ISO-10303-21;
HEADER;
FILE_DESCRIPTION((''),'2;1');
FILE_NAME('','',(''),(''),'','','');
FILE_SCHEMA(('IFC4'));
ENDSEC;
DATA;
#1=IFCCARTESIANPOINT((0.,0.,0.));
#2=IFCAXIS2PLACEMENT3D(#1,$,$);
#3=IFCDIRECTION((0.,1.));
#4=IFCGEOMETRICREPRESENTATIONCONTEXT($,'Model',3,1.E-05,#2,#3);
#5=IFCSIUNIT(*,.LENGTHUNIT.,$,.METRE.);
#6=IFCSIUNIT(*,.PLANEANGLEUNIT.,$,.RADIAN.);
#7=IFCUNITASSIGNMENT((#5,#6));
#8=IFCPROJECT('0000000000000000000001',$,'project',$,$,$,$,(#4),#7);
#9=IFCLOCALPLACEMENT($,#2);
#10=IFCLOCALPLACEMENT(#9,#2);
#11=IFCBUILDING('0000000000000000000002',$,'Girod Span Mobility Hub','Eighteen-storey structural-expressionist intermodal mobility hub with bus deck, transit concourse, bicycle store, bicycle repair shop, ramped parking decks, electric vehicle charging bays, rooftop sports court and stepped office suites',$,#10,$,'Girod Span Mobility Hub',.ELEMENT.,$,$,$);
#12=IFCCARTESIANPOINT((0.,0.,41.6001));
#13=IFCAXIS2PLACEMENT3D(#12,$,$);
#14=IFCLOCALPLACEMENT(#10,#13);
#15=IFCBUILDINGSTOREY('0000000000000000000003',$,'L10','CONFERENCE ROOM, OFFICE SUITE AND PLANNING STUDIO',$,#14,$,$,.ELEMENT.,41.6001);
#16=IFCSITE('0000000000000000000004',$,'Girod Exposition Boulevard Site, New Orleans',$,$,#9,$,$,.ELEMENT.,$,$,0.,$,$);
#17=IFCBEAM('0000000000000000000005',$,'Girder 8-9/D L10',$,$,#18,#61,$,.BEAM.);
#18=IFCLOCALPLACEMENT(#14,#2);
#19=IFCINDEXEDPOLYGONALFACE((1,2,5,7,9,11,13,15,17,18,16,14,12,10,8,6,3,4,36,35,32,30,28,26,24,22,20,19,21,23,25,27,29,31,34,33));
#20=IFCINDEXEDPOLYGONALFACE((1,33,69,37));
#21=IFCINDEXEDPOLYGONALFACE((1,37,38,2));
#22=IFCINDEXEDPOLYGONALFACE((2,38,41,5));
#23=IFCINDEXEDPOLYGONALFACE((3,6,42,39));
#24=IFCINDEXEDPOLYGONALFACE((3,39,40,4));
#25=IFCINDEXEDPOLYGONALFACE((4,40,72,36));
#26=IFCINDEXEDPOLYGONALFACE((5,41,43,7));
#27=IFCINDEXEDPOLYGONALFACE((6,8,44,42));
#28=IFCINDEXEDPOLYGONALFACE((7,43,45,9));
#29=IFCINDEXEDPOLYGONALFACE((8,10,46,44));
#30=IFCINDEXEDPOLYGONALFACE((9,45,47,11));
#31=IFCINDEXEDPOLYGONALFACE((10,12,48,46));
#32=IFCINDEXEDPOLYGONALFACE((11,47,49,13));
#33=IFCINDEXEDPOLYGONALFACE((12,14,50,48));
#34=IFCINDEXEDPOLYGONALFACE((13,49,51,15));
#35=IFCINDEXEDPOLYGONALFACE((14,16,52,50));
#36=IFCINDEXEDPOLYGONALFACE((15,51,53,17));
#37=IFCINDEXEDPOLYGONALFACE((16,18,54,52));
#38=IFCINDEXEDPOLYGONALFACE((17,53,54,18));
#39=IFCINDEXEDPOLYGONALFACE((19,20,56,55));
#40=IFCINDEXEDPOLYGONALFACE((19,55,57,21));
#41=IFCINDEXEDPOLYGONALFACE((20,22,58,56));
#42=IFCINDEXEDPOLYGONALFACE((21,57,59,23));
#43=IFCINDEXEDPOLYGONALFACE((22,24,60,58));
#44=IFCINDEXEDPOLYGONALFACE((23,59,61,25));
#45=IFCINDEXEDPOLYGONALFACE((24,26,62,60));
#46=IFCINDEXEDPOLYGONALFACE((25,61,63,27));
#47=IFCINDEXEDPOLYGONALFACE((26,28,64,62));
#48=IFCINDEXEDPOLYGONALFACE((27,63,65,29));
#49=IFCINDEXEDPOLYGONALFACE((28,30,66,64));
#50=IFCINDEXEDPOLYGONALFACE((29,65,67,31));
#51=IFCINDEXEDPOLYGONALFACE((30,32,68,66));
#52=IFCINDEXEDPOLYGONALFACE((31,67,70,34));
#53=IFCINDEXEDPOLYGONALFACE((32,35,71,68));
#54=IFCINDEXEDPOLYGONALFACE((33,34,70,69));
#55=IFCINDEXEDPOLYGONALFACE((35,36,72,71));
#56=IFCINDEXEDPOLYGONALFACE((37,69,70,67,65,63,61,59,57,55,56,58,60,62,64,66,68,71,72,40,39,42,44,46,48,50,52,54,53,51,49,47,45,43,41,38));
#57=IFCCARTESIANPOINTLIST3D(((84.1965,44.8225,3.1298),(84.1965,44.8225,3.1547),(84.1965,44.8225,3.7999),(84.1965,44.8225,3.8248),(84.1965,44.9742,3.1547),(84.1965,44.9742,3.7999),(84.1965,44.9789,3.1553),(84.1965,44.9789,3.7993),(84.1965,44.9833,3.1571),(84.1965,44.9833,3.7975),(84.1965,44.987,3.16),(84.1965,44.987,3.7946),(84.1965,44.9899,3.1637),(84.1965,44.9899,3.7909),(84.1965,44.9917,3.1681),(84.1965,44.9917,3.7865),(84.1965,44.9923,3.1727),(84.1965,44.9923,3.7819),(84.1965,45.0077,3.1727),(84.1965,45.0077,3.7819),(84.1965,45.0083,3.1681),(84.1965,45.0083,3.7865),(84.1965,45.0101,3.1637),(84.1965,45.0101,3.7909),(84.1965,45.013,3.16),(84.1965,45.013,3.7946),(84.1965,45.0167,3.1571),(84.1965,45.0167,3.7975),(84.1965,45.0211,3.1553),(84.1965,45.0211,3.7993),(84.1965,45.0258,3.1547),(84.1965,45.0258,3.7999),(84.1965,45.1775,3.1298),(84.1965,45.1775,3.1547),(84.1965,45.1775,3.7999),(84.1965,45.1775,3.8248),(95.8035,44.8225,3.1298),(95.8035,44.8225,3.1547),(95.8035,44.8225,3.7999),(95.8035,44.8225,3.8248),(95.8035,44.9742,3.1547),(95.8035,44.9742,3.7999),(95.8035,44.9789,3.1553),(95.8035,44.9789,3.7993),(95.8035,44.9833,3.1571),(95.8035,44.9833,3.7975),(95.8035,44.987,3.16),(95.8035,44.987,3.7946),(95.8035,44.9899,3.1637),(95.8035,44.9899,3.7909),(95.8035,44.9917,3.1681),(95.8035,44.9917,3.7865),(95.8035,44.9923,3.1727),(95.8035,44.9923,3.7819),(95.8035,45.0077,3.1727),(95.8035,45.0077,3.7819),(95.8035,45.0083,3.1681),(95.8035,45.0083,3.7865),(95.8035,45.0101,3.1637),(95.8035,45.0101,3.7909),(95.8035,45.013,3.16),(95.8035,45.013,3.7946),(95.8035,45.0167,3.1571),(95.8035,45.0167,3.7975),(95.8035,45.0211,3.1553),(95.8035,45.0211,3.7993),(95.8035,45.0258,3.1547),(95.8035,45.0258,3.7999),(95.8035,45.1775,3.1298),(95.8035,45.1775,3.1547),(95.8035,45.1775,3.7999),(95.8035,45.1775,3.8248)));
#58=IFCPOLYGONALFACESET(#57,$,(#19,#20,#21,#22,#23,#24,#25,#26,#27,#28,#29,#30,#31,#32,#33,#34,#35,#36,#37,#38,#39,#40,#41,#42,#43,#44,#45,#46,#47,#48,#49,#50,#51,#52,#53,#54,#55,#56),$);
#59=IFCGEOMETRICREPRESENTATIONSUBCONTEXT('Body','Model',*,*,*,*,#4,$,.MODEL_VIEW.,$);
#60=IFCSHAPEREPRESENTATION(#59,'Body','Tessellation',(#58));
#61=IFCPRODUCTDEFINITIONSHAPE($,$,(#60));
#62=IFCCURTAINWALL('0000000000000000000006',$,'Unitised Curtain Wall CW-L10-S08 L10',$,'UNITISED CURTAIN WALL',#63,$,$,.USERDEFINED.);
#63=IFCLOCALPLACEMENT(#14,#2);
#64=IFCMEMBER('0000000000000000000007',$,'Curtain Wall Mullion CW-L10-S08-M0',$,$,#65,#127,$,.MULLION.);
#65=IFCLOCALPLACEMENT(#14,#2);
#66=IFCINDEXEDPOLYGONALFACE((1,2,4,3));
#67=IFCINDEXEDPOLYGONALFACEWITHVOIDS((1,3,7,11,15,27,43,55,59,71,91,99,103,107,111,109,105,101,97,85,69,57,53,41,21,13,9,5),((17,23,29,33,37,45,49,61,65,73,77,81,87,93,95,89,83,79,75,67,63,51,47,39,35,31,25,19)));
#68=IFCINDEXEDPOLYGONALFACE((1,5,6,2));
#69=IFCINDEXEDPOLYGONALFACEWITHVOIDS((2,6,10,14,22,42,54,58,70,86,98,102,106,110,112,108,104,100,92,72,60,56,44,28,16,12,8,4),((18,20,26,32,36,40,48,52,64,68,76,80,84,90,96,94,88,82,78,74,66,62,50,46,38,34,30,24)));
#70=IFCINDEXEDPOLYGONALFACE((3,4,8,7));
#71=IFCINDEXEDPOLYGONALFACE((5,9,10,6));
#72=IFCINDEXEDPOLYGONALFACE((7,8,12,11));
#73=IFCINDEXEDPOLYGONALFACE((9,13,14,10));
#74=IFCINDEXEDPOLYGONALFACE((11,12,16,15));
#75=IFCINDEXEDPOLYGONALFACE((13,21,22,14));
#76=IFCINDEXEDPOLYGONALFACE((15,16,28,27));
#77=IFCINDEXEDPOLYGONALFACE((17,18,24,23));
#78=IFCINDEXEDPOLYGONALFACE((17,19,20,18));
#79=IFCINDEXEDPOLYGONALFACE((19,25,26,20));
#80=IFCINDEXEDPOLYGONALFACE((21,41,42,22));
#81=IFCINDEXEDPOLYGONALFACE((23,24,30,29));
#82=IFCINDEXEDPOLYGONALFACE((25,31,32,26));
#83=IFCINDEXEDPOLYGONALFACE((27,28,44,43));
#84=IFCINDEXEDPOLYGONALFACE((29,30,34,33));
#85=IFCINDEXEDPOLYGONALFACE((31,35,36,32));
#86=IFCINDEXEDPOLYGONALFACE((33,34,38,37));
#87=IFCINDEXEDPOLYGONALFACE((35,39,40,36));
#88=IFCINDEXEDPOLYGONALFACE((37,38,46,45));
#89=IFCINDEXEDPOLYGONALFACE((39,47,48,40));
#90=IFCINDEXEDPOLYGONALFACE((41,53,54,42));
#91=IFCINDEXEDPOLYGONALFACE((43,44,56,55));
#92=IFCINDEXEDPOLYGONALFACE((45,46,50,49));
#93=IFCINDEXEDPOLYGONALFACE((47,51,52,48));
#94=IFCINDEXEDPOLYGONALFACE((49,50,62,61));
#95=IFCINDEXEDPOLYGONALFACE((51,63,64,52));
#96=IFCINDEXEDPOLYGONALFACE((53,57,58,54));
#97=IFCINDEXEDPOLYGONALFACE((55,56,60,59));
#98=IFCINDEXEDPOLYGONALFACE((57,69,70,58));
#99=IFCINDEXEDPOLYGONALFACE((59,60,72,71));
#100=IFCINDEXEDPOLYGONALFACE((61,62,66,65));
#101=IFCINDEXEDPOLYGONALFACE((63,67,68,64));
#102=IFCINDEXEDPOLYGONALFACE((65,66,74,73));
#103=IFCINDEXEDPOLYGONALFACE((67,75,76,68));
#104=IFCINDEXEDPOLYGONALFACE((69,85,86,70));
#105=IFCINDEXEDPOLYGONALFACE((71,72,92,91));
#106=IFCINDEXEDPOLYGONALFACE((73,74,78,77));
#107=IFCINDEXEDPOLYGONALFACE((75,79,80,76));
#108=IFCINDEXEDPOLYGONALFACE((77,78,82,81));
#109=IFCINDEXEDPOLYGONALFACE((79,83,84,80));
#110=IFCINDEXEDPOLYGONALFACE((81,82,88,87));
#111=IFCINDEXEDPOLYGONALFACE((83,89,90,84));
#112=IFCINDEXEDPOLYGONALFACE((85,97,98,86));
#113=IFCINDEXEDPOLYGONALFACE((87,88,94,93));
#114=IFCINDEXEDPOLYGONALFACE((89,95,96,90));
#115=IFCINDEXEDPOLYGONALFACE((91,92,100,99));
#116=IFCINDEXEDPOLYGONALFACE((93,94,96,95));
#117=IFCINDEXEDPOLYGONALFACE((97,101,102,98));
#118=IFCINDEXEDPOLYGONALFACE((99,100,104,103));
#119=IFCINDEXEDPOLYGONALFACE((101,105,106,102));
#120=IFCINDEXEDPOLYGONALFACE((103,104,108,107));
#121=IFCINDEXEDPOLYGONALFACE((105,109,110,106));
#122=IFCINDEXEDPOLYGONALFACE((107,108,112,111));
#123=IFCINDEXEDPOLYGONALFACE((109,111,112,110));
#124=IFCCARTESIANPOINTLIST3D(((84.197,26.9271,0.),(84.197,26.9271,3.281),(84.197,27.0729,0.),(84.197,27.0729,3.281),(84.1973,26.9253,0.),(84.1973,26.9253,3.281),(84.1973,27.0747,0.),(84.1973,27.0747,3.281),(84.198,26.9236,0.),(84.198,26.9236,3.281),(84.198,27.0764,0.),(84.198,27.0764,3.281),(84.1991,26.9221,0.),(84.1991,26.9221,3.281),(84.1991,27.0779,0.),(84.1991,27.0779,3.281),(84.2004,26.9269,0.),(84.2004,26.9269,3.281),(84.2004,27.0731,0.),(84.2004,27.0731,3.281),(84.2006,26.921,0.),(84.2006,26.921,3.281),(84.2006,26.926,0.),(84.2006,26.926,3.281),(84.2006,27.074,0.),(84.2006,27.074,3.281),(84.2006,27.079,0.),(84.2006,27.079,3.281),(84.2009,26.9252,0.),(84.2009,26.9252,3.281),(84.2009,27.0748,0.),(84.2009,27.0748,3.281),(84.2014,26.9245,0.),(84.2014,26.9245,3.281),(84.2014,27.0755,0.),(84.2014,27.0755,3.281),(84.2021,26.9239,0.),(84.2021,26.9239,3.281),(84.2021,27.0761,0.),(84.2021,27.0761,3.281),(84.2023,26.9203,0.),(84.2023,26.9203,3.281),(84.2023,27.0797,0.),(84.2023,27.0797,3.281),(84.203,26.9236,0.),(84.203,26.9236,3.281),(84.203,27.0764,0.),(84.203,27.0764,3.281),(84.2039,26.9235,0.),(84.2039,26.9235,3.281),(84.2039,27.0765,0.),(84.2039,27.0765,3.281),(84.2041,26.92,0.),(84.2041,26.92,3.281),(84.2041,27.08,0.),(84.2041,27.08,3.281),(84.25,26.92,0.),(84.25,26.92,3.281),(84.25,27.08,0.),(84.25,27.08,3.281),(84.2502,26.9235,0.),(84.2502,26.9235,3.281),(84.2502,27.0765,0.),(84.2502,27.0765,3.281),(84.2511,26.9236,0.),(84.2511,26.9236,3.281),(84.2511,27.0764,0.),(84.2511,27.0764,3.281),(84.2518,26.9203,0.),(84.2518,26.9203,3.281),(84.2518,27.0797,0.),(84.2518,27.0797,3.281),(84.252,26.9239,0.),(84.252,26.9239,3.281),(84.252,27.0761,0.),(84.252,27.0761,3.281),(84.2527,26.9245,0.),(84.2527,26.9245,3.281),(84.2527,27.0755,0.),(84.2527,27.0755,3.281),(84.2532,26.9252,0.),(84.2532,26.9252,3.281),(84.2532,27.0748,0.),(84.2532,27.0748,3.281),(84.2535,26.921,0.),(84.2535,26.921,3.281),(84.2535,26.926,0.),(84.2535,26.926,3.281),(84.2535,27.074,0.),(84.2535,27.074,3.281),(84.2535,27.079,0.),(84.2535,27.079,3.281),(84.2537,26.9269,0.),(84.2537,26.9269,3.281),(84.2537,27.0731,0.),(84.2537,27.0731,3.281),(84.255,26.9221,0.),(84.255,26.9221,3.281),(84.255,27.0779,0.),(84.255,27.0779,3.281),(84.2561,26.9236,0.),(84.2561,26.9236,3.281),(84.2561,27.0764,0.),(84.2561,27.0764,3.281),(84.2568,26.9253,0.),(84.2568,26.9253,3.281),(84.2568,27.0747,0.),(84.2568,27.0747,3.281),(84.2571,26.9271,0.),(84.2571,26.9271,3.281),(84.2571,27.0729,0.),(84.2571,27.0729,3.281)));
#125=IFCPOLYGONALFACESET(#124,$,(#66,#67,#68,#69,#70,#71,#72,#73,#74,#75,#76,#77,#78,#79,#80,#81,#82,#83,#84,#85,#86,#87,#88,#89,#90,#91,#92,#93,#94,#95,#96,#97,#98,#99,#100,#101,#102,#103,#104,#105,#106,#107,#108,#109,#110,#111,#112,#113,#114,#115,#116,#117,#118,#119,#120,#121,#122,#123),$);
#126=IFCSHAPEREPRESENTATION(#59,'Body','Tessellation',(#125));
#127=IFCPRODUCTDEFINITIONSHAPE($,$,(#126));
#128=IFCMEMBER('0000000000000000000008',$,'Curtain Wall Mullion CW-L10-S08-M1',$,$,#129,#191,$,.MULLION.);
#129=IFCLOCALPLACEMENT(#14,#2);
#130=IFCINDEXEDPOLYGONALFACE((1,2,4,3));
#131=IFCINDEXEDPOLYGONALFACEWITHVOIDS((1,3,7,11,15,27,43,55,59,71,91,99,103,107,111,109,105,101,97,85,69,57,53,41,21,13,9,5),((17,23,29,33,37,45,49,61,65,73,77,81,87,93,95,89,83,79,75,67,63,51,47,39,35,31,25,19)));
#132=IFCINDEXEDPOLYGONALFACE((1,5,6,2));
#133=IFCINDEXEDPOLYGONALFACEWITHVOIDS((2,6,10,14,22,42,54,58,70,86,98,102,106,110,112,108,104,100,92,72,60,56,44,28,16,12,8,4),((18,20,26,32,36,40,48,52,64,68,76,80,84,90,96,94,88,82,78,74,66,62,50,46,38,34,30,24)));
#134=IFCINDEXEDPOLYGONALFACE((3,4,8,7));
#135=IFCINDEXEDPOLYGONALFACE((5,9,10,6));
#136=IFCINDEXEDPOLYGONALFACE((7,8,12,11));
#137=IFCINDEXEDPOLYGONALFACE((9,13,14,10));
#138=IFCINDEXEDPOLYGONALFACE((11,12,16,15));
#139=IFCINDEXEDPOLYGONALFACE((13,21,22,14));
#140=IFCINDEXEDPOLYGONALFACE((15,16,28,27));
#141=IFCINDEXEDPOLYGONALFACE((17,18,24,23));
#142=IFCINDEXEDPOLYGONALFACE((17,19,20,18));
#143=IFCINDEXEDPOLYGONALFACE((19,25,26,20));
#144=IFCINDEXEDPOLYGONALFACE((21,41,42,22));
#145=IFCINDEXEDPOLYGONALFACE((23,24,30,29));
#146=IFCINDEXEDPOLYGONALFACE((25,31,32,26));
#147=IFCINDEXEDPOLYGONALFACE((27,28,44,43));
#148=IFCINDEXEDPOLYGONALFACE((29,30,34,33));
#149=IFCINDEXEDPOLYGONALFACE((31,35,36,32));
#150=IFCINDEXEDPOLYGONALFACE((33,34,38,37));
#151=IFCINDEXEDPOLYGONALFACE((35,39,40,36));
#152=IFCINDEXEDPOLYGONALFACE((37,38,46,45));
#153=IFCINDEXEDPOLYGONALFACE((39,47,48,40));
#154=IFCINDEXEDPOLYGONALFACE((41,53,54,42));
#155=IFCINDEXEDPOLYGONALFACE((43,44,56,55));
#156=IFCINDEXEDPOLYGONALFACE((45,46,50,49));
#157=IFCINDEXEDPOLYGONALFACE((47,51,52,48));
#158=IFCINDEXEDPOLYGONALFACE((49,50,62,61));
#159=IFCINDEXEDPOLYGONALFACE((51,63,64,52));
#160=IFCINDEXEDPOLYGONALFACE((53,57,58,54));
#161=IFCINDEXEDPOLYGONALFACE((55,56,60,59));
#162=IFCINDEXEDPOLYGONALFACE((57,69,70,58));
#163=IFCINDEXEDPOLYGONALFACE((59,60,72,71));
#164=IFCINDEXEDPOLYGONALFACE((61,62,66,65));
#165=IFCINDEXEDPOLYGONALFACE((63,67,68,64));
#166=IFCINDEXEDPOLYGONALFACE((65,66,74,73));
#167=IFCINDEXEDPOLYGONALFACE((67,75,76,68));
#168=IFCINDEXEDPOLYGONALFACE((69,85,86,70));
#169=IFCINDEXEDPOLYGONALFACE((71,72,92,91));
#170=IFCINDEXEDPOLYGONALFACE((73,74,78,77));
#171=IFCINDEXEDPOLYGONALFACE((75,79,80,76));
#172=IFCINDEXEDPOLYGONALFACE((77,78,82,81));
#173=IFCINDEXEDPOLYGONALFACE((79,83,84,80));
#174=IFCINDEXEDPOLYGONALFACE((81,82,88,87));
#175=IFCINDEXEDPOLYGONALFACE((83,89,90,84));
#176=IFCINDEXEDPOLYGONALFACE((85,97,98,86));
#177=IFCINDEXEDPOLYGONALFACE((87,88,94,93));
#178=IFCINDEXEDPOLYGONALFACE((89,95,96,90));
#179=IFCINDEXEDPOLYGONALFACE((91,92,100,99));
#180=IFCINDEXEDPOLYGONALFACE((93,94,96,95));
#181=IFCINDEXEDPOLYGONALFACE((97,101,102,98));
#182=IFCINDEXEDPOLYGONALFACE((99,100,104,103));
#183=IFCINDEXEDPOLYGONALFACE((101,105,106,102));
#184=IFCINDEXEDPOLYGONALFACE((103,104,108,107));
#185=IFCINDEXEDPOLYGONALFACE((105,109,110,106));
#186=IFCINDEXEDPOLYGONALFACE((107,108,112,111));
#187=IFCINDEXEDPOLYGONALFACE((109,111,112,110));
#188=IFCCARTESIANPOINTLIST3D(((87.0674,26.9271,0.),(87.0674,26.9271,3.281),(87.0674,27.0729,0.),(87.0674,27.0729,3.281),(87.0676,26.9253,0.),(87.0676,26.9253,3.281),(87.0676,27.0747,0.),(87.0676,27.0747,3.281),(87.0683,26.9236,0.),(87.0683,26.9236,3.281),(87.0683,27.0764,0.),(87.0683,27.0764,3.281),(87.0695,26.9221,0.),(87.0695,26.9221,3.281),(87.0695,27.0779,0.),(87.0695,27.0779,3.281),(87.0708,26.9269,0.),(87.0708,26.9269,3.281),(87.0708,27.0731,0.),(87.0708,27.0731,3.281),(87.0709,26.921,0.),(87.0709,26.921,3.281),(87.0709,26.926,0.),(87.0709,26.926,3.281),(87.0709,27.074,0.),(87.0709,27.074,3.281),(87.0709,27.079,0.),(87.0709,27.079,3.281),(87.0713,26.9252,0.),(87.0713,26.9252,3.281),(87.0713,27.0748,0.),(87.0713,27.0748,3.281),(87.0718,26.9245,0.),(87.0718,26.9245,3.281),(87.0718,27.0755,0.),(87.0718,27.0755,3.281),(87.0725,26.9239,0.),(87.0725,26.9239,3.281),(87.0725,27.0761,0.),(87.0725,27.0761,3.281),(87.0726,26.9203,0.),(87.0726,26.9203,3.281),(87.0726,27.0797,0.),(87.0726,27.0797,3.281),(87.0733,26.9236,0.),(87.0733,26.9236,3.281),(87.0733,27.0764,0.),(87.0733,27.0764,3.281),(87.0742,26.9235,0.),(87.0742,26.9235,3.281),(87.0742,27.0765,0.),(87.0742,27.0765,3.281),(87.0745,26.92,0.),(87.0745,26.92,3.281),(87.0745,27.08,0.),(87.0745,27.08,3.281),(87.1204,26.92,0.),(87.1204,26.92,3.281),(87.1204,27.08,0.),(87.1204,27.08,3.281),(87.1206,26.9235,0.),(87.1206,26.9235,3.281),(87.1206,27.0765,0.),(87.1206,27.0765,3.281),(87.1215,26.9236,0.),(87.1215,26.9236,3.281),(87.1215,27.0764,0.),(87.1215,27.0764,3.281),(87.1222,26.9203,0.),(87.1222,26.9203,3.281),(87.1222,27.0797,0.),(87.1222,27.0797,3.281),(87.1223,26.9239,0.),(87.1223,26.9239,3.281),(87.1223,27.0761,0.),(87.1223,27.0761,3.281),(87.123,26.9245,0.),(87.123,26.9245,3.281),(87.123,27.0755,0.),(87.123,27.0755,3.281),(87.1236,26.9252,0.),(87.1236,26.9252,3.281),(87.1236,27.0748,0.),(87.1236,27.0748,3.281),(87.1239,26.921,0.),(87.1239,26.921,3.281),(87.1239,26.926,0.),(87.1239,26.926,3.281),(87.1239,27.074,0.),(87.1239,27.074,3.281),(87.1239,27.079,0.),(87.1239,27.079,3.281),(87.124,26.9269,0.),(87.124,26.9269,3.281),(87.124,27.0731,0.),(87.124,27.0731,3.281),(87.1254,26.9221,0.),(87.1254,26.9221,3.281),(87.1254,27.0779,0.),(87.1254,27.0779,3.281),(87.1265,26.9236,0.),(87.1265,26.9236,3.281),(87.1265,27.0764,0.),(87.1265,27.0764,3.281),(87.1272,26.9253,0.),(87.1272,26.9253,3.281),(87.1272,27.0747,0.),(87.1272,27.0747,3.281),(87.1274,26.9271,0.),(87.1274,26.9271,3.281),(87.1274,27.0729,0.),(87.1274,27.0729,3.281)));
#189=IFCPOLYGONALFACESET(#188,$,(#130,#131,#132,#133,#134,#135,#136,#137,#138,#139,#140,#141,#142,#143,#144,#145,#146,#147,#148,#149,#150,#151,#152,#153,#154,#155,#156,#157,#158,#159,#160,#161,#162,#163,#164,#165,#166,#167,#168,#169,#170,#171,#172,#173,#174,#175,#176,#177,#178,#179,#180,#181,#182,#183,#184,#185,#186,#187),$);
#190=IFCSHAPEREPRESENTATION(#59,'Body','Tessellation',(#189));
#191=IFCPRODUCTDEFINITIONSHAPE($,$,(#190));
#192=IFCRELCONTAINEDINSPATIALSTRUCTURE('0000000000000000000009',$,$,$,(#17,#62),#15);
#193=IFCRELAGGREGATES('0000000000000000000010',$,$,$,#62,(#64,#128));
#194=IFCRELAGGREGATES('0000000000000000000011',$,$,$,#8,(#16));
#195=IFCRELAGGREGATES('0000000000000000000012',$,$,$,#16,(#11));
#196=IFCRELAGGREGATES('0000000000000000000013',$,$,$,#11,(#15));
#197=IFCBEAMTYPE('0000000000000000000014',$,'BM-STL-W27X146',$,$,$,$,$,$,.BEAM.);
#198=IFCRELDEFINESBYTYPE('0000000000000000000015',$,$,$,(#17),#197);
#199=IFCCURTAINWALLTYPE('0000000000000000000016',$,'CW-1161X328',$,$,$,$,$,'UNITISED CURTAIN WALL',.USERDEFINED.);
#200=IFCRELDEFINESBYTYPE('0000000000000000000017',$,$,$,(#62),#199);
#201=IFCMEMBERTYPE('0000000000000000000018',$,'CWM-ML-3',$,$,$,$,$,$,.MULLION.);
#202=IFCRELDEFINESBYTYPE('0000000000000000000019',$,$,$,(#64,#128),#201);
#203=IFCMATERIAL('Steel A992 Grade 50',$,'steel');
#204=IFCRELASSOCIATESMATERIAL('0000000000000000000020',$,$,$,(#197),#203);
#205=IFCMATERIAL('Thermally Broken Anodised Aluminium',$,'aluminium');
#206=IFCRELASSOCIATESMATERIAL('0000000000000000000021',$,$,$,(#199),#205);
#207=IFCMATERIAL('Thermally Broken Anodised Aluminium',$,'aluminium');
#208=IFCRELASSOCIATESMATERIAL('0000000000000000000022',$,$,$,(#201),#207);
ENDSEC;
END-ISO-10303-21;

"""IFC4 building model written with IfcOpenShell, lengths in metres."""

from ifc_helpers import new_model, si_unit, direction, frame, origin, origin_2d, place, context, subcontext, project, spatial, hollow_rectangle, i_section, extrude, material, material_profile, profile_set, type_object, element, aggregate, save


model = new_model("IFC4")

# Units and contexts
model_context = context("Model", 3, precision=1e-05, world=origin(), true_north=direction((0.0, 1.0)))
body_context = subcontext(model_context, "Body", "Model", "MODEL_VIEW")
ifc_project = project(units=[si_unit("LENGTHUNIT", "METRE"), si_unit("PLANEANGLEUNIT", "RADIAN")], contexts=[model_context])

# Site, building, storey
site_placement = place(None, origin())
site = spatial("IfcSite", under=ifc_project, at=site_placement, Name="Girod Exposition Boulevard Site, New Orleans", CompositionType="ELEMENT", RefElevation=0.0)
building_placement = place(site_placement, origin())
building = spatial("IfcBuilding", under=site, at=building_placement, Name="Girod Span Mobility Hub", Description="Eighteen-storey structural-expressionist intermodal mobility hub with bus deck, transit concourse, bicycle store, bicycle repair shop, ramped parking decks, electric vehicle charging bays, rooftop sports court and stepped office suites", LongName="Girod Span Mobility Hub", CompositionType="ELEMENT")
storey_placement = place(building_placement, frame((0.0, 0.0, 41.6001)))
storey = spatial("IfcBuildingStorey", under=building, at=storey_placement, Name="L10", Description="CONFERENCE ROOM, OFFICE SUITE AND PLANNING STUDIO", CompositionType="ELEMENT", Elevation=41.6001)

# Beam
ifc_material_1 = material(Name="Steel A992 Grade 50", Category="steel")
ifc_material_profile_1 = material_profile(ifc_material_1, i_section(OverallWidth=0.355, OverallDepth=0.6951, WebThickness=0.0154, FlangeThickness=0.0249, FilletRadius=0.0181, at=origin_2d()), Name="W27X146")
ifc_profile_set_1 = profile_set([ifc_material_profile_1], Name="Steel A992 Grade 50")
beam_type_1 = type_object("IfcBeamType", Name="BM-STL-W27X146", PredefinedType="BEAM", material=ifc_profile_set_1)
beam_1_placement = place(storey_placement, frame((84.1965, 45.0, 3.4773), z_axis=(1.0, 0.0, 0.0), x_axis=(0.0, 1.0, 0.0)))
element("IfcBeam", 1, at=beam_1_placement, inside=storey, type_object=beam_type_1, Name="Girder 8-9/D L10", PredefinedType="BEAM", context=body_context, shape_type="SweptSolid", body=[
    extrude(i_section(OverallWidth=0.355, OverallDepth=0.6951, WebThickness=0.0154, FlangeThickness=0.0249, FilletRadius=0.0181, at=origin_2d()), origin(), (0.0, 0.0, 1.0), 11.6069),
])

# Curtain wall, members
ifc_material_2 = material(Name="Thermally Broken Anodised Aluminium", Category="aluminium")
curtain_wall_type = type_object("IfcCurtainWallType", Name="CW-1161X328", ElementType="UNITISED CURTAIN WALL", PredefinedType="USERDEFINED", material=ifc_material_2)
curtain_wall_placement = place(storey_placement, origin())
curtain_wall = element("IfcCurtainWall", 2, at=curtain_wall_placement, inside=storey, type_object=curtain_wall_type, Name="Unitised Curtain Wall CW-L10-S08 L10", ObjectType="UNITISED CURTAIN WALL", PredefinedType="USERDEFINED")
ifc_material_3 = material(Name="Thermally Broken Anodised Aluminium", Category="aluminium")
ifc_material_profile_2 = material_profile(ifc_material_3, hollow_rectangle(XDim=0.1599, YDim=0.0601, WallThickness=0.0034, InnerFilletRadius=0.0034, OuterFilletRadius=0.0071, at=origin_2d()), Name="CW-ML-60X160")
ifc_profile_set_2 = profile_set([ifc_material_profile_2], Name="Thermally Broken Anodised Aluminium")
member_type_1 = type_object("IfcMemberType", Name="CWM-ML-3", PredefinedType="MULLION", material=ifc_profile_set_2)
member_1_placement = place(storey_placement, frame((84.2271, 27.0, 0.0), z_axis=(0.0, 0.0, 1.0), x_axis=(0.0, 1.0, 0.0)))
member_1 = element("IfcMember", 3, at=member_1_placement, type_object=member_type_1, Name="Curtain Wall Mullion CW-L10-S08-M0", PredefinedType="MULLION", context=body_context, shape_type="SweptSolid", body=[
    extrude(hollow_rectangle(XDim=0.1599, YDim=0.0601, WallThickness=0.0034, InnerFilletRadius=0.0034, OuterFilletRadius=0.0071, at=origin_2d()), origin(), (0.0, 0.0, 1.0), 3.281),
])
member_2_placement = place(storey_placement, frame((87.0974, 27.0, 0.0), z_axis=(0.0, 0.0, 1.0), x_axis=(0.0, 1.0, 0.0)))
member_2 = element("IfcMember", 4, at=member_2_placement, type_object=member_type_1, Name="Curtain Wall Mullion CW-L10-S08-M1", PredefinedType="MULLION", context=body_context, shape_type="SweptSolid", body=[
    extrude(hollow_rectangle(XDim=0.1599, YDim=0.0601, WallThickness=0.0034, InnerFilletRadius=0.0034, OuterFilletRadius=0.0071, at=origin_2d()), origin(), (0.0, 0.0, 1.0), 3.281),
])

aggregate(curtain_wall, [member_1, member_2])

save(model, "model.ifc")
